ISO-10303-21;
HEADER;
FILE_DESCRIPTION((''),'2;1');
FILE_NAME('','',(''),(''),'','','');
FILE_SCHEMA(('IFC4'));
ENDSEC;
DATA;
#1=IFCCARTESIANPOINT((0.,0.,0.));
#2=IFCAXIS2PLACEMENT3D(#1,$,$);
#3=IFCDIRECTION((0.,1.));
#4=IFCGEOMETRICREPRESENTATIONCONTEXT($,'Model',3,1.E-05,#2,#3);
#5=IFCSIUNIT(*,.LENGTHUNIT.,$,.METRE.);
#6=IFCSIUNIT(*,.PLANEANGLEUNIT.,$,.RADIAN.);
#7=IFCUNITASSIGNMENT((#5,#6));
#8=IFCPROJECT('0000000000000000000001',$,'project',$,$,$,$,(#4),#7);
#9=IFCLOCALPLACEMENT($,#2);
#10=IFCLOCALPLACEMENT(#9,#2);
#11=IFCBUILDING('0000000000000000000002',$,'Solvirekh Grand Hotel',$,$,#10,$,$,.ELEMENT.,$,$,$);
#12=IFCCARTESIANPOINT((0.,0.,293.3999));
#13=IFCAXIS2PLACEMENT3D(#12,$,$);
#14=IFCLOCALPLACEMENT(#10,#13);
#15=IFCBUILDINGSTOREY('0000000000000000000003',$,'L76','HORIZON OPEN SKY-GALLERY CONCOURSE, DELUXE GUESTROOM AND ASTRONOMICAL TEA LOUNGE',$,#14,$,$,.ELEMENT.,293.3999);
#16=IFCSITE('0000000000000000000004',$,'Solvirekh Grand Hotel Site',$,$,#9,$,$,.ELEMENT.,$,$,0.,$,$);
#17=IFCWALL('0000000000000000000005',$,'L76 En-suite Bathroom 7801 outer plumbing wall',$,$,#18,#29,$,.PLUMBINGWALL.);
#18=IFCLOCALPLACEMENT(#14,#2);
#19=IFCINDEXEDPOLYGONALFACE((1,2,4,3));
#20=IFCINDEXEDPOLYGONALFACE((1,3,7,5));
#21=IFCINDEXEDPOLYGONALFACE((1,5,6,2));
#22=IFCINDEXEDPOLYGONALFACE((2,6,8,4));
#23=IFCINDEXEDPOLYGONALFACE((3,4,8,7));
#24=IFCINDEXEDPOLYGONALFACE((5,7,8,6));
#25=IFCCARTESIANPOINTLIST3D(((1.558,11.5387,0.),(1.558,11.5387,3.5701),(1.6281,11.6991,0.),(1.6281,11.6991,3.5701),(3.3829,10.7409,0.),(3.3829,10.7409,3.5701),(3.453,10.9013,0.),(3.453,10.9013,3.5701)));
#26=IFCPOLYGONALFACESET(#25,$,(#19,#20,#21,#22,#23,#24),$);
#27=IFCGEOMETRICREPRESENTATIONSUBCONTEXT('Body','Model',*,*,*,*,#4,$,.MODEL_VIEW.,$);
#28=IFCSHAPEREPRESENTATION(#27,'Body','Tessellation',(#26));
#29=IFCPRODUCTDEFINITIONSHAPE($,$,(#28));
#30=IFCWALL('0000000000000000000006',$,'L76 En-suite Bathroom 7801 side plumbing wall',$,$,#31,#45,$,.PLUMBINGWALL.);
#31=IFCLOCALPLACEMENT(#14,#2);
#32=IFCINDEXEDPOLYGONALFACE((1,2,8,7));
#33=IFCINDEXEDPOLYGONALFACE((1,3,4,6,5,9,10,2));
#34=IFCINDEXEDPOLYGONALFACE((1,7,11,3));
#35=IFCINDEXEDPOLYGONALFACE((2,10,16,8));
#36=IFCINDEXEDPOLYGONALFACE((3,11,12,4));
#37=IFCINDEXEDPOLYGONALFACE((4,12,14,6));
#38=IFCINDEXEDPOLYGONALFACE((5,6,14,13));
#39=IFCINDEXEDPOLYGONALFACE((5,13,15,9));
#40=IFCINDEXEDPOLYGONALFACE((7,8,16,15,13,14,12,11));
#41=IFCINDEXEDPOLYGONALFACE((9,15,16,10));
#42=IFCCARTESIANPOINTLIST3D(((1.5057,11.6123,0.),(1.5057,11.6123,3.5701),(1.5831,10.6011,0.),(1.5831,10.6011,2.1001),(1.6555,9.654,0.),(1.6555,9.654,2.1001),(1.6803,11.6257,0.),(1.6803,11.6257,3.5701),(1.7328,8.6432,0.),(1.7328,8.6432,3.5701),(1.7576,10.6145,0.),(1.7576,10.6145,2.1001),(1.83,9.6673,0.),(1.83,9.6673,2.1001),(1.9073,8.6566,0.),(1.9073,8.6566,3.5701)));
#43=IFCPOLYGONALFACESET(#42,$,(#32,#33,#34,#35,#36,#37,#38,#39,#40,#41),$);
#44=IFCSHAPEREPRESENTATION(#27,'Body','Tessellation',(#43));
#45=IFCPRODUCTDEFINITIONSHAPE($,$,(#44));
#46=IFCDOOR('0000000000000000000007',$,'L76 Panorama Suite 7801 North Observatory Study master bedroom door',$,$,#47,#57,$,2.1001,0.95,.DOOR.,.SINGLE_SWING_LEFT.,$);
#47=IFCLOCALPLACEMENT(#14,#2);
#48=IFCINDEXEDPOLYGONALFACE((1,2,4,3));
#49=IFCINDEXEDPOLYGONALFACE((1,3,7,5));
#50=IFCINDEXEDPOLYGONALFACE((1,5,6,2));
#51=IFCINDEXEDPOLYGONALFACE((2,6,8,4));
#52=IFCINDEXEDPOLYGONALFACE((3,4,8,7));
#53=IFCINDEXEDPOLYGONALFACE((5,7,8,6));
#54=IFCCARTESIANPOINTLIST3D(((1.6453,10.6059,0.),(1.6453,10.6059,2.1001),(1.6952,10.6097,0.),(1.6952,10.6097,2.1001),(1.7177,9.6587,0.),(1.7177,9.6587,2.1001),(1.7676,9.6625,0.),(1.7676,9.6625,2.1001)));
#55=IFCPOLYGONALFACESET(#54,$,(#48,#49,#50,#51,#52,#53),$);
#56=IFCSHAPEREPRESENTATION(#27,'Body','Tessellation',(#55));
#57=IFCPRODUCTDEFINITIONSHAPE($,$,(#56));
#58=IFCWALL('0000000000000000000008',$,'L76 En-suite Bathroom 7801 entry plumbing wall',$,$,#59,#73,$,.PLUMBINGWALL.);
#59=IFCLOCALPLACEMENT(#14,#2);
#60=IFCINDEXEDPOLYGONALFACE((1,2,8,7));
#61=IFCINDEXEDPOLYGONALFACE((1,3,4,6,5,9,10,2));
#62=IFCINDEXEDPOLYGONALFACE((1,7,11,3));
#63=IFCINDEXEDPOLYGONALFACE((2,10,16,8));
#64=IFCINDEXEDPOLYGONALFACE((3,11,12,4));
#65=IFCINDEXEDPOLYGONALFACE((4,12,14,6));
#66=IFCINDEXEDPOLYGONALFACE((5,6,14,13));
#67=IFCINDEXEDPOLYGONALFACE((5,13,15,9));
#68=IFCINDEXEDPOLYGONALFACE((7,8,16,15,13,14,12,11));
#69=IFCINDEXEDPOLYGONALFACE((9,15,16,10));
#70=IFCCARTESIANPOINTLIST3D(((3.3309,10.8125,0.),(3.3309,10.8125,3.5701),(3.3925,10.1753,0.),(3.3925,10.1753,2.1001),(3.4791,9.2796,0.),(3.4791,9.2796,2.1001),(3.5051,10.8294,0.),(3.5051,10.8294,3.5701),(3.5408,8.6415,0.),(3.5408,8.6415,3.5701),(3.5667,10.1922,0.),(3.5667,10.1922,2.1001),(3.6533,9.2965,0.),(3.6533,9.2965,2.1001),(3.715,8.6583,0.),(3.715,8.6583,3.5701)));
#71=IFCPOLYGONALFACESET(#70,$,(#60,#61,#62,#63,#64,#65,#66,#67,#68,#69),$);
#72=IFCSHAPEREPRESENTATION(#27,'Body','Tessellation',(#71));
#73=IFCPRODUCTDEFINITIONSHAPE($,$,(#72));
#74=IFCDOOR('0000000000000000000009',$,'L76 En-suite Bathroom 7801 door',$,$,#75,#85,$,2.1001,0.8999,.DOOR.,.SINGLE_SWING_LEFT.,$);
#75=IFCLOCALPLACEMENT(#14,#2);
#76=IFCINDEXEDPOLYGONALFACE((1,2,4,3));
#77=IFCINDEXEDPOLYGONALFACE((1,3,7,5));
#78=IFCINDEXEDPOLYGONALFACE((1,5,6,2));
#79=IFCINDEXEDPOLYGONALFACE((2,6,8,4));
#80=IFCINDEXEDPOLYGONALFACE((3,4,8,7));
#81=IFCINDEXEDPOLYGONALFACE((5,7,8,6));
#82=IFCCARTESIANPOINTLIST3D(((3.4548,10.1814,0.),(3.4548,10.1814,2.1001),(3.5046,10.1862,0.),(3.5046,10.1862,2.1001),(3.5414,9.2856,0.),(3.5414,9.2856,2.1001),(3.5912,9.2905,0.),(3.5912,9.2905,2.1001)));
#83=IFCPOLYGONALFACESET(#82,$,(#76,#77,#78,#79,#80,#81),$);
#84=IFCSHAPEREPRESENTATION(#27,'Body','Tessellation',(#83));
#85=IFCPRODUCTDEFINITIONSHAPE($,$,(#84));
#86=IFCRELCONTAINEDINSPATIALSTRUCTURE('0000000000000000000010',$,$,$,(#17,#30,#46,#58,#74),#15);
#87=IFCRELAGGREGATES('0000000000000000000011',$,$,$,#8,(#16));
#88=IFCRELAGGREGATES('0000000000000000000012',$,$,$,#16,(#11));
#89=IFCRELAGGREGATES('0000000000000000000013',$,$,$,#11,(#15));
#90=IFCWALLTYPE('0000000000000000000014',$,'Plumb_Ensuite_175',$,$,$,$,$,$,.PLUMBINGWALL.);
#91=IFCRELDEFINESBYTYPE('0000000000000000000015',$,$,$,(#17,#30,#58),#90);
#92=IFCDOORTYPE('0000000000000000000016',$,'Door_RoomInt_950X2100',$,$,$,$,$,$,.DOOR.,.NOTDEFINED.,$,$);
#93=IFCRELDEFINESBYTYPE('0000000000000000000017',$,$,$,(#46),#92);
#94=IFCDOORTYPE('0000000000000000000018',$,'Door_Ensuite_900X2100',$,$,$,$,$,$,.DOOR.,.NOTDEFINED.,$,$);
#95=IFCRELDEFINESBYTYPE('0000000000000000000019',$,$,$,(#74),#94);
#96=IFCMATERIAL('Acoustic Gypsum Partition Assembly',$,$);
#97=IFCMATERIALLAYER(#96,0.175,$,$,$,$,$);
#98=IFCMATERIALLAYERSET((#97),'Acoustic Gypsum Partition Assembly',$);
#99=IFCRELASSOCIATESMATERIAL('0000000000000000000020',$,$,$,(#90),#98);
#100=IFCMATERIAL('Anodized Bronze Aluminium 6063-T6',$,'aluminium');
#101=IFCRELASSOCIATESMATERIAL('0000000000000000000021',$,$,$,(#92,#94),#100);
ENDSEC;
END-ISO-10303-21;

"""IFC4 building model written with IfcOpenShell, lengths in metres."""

from ifc_helpers import new_model, si_unit, direction, frame, frame_2d, origin, place, context, subcontext, project, spatial, rectangle, extrude, material, layer, layer_set, type_object, element, fill, save


model = new_model("IFC4")

# Units and contexts
model_context = context("Model", 3, precision=1e-05, world=origin(), true_north=direction((0.0, 1.0)))
body_context = subcontext(model_context, "Body", "Model", "MODEL_VIEW")
ifc_project = project(units=[si_unit("LENGTHUNIT", "METRE"), si_unit("PLANEANGLEUNIT", "RADIAN")], contexts=[model_context])

# Site, building, storey
site_placement = place(None, origin())
site = spatial("IfcSite", under=ifc_project, at=site_placement, Name="Solvirekh Grand Hotel Site", CompositionType="ELEMENT", RefElevation=0.0)
building_placement = place(site_placement, origin())
building = spatial("IfcBuilding", under=site, at=building_placement, Name="Solvirekh Grand Hotel", CompositionType="ELEMENT")
storey_placement = place(building_placement, frame((0.0, 0.0, 293.3999)))
storey = spatial("IfcBuildingStorey", under=building, at=storey_placement, Name="L76", Description="HORIZON OPEN SKY-GALLERY CONCOURSE, DELUXE GUESTROOM AND ASTRONOMICAL TEA LOUNGE", CompositionType="ELEMENT", Elevation=293.3999)

# Shared definitions
ifc_material_1 = material(Name="Anodized Bronze Aluminium 6063-T6", Category="aluminium")

# Shared definitions
ifc_material_2 = material(Name="Acoustic Gypsum Partition Assembly")

# Wall
ifc_layer_1 = layer(ifc_material_2, 0.175)
ifc_layer_set_1 = layer_set([ifc_layer_1], Name="Acoustic Gypsum Partition Assembly")
wall_type_1 = type_object("IfcWallType", Name="Plumb_Ensuite_175", PredefinedType="PLUMBINGWALL", material=ifc_layer_set_1)
wall_1_placement = place(storey_placement, frame((1.593, 11.6189, 0.0), z_axis=(0.0, 0.0, 1.0), x_axis=(0.916261, -0.400581, 0.0)))
element("IfcWall", 1, at=wall_1_placement, inside=storey, type_object=wall_type_1, Name="L76 En-suite Bathroom 7801 outer plumbing wall", PredefinedType="PLUMBINGWALL", context=body_context, shape_type="SweptSolid", body=[
    extrude(rectangle(XDim=1.9917, YDim=0.175, at=frame_2d((0.9958, 0.0))), origin(), (0.0, 0.0, 1.0), 3.5701),
])

# Walls, openings, doors
wall_2_placement = place(storey_placement, frame((1.593, 11.6189, 0.0), z_axis=(0.0, 0.0, 1.0), x_axis=(0.076251, -0.997089, 0.0)))
wall_2 = element("IfcWall", 2, at=wall_2_placement, inside=storey, type_object=wall_type_1, Name="L76 En-suite Bathroom 7801 side plumbing wall", PredefinedType="PLUMBINGWALL", context=body_context, shape_type="SweptSolid", body=[
    extrude(rectangle(XDim=2.9778, YDim=0.175, at=frame_2d((1.4888, 0.0))), origin(), (0.0, 0.0, 1.0), 3.5701),
])
opening_1_placement = place(wall_2_placement, frame((1.0139, 0.0, 0.0)))
opening_1 = element("IfcOpeningElement", 3, at=opening_1_placement, cuts=wall_2, PredefinedType="OPENING", context=body_context, shape_type="SweptSolid", body=[
    extrude(rectangle(XDim=0.95, YDim=2.1001, at=frame_2d((0.4751, 1.05))), frame((0.0, 0.0977, 0.0), z_axis=(0.0, -1.0, 0.0), x_axis=(1.0, 0.0, 0.0)), (0.0, 0.0, 1.0), 0.1951),
])
door_type_1 = type_object("IfcDoorType", Name="Door_RoomInt_950X2100", OperationType="NOTDEFINED", PredefinedType="DOOR", material=ifc_material_1)
door_1_placement = place(opening_1_placement, origin())
door_1 = element("IfcDoor", 4, at=door_1_placement, inside=storey, type_object=door_type_1, Name="L76 Panorama Suite 7801 North Observatory Study master bedroom door", OperationType="SINGLE_SWING_LEFT", OverallHeight=2.1001, OverallWidth=0.95, PredefinedType="DOOR", context=body_context, shape_type="SweptSolid", body=[
    extrude(rectangle(XDim=0.95, YDim=2.1001, at=frame_2d((0.4751, 1.05))), frame((0.0, 0.0249, 0.0), z_axis=(0.0, -1.0, 0.0), x_axis=(1.0, 0.0, 0.0)), (0.0, 0.0, 1.0), 0.05),
])
fill(opening_1, door_1)
wall_3_placement = place(storey_placement, frame((3.6279, 8.6499, 0.0), z_axis=(0.0, 0.0, 1.0), x_axis=(-0.096256, 0.995357, 0.0)))
wall_3 = element("IfcWall", 5, at=wall_3_placement, inside=storey, type_object=wall_type_1, Name="L76 En-suite Bathroom 7801 entry plumbing wall", PredefinedType="PLUMBINGWALL", context=body_context, shape_type="SweptSolid", body=[
    extrude(rectangle(XDim=2.1812, YDim=0.175, at=frame_2d((1.0906, 0.0))), origin(), (0.0, 0.0, 1.0), 3.5701),
])
opening_2_placement = place(wall_3_placement, frame((0.6411, 0.0, 0.0)))
opening_2 = element("IfcOpeningElement", 6, at=opening_2_placement, cuts=wall_3, PredefinedType="OPENING", context=body_context, shape_type="SweptSolid", body=[
    extrude(rectangle(XDim=0.8999, YDim=2.1001, at=frame_2d((0.45, 1.05))), frame((0.0, 0.0977, 0.0), z_axis=(0.0, -1.0, 0.0), x_axis=(1.0, 0.0, 0.0)), (0.0, 0.0, 1.0), 0.1951),
])
door_type_2 = type_object("IfcDoorType", Name="Door_Ensuite_900X2100", OperationType="NOTDEFINED", PredefinedType="DOOR", material=ifc_material_1)
door_2_placement = place(opening_2_placement, origin())
door_2 = element("IfcDoor", 7, at=door_2_placement, inside=storey, type_object=door_type_2, Name="L76 En-suite Bathroom 7801 door", OperationType="SINGLE_SWING_LEFT", OverallHeight=2.1001, OverallWidth=0.8999, PredefinedType="DOOR", context=body_context, shape_type="SweptSolid", body=[
    extrude(rectangle(XDim=0.8999, YDim=2.1001, at=frame_2d((0.45, 1.05))), frame((0.0, 0.0249, 0.0), z_axis=(0.0, -1.0, 0.0), x_axis=(1.0, 0.0, 0.0)), (0.0, 0.0, 1.0), 0.05),
])
fill(opening_2, door_2)

save(model, "model.ifc")
